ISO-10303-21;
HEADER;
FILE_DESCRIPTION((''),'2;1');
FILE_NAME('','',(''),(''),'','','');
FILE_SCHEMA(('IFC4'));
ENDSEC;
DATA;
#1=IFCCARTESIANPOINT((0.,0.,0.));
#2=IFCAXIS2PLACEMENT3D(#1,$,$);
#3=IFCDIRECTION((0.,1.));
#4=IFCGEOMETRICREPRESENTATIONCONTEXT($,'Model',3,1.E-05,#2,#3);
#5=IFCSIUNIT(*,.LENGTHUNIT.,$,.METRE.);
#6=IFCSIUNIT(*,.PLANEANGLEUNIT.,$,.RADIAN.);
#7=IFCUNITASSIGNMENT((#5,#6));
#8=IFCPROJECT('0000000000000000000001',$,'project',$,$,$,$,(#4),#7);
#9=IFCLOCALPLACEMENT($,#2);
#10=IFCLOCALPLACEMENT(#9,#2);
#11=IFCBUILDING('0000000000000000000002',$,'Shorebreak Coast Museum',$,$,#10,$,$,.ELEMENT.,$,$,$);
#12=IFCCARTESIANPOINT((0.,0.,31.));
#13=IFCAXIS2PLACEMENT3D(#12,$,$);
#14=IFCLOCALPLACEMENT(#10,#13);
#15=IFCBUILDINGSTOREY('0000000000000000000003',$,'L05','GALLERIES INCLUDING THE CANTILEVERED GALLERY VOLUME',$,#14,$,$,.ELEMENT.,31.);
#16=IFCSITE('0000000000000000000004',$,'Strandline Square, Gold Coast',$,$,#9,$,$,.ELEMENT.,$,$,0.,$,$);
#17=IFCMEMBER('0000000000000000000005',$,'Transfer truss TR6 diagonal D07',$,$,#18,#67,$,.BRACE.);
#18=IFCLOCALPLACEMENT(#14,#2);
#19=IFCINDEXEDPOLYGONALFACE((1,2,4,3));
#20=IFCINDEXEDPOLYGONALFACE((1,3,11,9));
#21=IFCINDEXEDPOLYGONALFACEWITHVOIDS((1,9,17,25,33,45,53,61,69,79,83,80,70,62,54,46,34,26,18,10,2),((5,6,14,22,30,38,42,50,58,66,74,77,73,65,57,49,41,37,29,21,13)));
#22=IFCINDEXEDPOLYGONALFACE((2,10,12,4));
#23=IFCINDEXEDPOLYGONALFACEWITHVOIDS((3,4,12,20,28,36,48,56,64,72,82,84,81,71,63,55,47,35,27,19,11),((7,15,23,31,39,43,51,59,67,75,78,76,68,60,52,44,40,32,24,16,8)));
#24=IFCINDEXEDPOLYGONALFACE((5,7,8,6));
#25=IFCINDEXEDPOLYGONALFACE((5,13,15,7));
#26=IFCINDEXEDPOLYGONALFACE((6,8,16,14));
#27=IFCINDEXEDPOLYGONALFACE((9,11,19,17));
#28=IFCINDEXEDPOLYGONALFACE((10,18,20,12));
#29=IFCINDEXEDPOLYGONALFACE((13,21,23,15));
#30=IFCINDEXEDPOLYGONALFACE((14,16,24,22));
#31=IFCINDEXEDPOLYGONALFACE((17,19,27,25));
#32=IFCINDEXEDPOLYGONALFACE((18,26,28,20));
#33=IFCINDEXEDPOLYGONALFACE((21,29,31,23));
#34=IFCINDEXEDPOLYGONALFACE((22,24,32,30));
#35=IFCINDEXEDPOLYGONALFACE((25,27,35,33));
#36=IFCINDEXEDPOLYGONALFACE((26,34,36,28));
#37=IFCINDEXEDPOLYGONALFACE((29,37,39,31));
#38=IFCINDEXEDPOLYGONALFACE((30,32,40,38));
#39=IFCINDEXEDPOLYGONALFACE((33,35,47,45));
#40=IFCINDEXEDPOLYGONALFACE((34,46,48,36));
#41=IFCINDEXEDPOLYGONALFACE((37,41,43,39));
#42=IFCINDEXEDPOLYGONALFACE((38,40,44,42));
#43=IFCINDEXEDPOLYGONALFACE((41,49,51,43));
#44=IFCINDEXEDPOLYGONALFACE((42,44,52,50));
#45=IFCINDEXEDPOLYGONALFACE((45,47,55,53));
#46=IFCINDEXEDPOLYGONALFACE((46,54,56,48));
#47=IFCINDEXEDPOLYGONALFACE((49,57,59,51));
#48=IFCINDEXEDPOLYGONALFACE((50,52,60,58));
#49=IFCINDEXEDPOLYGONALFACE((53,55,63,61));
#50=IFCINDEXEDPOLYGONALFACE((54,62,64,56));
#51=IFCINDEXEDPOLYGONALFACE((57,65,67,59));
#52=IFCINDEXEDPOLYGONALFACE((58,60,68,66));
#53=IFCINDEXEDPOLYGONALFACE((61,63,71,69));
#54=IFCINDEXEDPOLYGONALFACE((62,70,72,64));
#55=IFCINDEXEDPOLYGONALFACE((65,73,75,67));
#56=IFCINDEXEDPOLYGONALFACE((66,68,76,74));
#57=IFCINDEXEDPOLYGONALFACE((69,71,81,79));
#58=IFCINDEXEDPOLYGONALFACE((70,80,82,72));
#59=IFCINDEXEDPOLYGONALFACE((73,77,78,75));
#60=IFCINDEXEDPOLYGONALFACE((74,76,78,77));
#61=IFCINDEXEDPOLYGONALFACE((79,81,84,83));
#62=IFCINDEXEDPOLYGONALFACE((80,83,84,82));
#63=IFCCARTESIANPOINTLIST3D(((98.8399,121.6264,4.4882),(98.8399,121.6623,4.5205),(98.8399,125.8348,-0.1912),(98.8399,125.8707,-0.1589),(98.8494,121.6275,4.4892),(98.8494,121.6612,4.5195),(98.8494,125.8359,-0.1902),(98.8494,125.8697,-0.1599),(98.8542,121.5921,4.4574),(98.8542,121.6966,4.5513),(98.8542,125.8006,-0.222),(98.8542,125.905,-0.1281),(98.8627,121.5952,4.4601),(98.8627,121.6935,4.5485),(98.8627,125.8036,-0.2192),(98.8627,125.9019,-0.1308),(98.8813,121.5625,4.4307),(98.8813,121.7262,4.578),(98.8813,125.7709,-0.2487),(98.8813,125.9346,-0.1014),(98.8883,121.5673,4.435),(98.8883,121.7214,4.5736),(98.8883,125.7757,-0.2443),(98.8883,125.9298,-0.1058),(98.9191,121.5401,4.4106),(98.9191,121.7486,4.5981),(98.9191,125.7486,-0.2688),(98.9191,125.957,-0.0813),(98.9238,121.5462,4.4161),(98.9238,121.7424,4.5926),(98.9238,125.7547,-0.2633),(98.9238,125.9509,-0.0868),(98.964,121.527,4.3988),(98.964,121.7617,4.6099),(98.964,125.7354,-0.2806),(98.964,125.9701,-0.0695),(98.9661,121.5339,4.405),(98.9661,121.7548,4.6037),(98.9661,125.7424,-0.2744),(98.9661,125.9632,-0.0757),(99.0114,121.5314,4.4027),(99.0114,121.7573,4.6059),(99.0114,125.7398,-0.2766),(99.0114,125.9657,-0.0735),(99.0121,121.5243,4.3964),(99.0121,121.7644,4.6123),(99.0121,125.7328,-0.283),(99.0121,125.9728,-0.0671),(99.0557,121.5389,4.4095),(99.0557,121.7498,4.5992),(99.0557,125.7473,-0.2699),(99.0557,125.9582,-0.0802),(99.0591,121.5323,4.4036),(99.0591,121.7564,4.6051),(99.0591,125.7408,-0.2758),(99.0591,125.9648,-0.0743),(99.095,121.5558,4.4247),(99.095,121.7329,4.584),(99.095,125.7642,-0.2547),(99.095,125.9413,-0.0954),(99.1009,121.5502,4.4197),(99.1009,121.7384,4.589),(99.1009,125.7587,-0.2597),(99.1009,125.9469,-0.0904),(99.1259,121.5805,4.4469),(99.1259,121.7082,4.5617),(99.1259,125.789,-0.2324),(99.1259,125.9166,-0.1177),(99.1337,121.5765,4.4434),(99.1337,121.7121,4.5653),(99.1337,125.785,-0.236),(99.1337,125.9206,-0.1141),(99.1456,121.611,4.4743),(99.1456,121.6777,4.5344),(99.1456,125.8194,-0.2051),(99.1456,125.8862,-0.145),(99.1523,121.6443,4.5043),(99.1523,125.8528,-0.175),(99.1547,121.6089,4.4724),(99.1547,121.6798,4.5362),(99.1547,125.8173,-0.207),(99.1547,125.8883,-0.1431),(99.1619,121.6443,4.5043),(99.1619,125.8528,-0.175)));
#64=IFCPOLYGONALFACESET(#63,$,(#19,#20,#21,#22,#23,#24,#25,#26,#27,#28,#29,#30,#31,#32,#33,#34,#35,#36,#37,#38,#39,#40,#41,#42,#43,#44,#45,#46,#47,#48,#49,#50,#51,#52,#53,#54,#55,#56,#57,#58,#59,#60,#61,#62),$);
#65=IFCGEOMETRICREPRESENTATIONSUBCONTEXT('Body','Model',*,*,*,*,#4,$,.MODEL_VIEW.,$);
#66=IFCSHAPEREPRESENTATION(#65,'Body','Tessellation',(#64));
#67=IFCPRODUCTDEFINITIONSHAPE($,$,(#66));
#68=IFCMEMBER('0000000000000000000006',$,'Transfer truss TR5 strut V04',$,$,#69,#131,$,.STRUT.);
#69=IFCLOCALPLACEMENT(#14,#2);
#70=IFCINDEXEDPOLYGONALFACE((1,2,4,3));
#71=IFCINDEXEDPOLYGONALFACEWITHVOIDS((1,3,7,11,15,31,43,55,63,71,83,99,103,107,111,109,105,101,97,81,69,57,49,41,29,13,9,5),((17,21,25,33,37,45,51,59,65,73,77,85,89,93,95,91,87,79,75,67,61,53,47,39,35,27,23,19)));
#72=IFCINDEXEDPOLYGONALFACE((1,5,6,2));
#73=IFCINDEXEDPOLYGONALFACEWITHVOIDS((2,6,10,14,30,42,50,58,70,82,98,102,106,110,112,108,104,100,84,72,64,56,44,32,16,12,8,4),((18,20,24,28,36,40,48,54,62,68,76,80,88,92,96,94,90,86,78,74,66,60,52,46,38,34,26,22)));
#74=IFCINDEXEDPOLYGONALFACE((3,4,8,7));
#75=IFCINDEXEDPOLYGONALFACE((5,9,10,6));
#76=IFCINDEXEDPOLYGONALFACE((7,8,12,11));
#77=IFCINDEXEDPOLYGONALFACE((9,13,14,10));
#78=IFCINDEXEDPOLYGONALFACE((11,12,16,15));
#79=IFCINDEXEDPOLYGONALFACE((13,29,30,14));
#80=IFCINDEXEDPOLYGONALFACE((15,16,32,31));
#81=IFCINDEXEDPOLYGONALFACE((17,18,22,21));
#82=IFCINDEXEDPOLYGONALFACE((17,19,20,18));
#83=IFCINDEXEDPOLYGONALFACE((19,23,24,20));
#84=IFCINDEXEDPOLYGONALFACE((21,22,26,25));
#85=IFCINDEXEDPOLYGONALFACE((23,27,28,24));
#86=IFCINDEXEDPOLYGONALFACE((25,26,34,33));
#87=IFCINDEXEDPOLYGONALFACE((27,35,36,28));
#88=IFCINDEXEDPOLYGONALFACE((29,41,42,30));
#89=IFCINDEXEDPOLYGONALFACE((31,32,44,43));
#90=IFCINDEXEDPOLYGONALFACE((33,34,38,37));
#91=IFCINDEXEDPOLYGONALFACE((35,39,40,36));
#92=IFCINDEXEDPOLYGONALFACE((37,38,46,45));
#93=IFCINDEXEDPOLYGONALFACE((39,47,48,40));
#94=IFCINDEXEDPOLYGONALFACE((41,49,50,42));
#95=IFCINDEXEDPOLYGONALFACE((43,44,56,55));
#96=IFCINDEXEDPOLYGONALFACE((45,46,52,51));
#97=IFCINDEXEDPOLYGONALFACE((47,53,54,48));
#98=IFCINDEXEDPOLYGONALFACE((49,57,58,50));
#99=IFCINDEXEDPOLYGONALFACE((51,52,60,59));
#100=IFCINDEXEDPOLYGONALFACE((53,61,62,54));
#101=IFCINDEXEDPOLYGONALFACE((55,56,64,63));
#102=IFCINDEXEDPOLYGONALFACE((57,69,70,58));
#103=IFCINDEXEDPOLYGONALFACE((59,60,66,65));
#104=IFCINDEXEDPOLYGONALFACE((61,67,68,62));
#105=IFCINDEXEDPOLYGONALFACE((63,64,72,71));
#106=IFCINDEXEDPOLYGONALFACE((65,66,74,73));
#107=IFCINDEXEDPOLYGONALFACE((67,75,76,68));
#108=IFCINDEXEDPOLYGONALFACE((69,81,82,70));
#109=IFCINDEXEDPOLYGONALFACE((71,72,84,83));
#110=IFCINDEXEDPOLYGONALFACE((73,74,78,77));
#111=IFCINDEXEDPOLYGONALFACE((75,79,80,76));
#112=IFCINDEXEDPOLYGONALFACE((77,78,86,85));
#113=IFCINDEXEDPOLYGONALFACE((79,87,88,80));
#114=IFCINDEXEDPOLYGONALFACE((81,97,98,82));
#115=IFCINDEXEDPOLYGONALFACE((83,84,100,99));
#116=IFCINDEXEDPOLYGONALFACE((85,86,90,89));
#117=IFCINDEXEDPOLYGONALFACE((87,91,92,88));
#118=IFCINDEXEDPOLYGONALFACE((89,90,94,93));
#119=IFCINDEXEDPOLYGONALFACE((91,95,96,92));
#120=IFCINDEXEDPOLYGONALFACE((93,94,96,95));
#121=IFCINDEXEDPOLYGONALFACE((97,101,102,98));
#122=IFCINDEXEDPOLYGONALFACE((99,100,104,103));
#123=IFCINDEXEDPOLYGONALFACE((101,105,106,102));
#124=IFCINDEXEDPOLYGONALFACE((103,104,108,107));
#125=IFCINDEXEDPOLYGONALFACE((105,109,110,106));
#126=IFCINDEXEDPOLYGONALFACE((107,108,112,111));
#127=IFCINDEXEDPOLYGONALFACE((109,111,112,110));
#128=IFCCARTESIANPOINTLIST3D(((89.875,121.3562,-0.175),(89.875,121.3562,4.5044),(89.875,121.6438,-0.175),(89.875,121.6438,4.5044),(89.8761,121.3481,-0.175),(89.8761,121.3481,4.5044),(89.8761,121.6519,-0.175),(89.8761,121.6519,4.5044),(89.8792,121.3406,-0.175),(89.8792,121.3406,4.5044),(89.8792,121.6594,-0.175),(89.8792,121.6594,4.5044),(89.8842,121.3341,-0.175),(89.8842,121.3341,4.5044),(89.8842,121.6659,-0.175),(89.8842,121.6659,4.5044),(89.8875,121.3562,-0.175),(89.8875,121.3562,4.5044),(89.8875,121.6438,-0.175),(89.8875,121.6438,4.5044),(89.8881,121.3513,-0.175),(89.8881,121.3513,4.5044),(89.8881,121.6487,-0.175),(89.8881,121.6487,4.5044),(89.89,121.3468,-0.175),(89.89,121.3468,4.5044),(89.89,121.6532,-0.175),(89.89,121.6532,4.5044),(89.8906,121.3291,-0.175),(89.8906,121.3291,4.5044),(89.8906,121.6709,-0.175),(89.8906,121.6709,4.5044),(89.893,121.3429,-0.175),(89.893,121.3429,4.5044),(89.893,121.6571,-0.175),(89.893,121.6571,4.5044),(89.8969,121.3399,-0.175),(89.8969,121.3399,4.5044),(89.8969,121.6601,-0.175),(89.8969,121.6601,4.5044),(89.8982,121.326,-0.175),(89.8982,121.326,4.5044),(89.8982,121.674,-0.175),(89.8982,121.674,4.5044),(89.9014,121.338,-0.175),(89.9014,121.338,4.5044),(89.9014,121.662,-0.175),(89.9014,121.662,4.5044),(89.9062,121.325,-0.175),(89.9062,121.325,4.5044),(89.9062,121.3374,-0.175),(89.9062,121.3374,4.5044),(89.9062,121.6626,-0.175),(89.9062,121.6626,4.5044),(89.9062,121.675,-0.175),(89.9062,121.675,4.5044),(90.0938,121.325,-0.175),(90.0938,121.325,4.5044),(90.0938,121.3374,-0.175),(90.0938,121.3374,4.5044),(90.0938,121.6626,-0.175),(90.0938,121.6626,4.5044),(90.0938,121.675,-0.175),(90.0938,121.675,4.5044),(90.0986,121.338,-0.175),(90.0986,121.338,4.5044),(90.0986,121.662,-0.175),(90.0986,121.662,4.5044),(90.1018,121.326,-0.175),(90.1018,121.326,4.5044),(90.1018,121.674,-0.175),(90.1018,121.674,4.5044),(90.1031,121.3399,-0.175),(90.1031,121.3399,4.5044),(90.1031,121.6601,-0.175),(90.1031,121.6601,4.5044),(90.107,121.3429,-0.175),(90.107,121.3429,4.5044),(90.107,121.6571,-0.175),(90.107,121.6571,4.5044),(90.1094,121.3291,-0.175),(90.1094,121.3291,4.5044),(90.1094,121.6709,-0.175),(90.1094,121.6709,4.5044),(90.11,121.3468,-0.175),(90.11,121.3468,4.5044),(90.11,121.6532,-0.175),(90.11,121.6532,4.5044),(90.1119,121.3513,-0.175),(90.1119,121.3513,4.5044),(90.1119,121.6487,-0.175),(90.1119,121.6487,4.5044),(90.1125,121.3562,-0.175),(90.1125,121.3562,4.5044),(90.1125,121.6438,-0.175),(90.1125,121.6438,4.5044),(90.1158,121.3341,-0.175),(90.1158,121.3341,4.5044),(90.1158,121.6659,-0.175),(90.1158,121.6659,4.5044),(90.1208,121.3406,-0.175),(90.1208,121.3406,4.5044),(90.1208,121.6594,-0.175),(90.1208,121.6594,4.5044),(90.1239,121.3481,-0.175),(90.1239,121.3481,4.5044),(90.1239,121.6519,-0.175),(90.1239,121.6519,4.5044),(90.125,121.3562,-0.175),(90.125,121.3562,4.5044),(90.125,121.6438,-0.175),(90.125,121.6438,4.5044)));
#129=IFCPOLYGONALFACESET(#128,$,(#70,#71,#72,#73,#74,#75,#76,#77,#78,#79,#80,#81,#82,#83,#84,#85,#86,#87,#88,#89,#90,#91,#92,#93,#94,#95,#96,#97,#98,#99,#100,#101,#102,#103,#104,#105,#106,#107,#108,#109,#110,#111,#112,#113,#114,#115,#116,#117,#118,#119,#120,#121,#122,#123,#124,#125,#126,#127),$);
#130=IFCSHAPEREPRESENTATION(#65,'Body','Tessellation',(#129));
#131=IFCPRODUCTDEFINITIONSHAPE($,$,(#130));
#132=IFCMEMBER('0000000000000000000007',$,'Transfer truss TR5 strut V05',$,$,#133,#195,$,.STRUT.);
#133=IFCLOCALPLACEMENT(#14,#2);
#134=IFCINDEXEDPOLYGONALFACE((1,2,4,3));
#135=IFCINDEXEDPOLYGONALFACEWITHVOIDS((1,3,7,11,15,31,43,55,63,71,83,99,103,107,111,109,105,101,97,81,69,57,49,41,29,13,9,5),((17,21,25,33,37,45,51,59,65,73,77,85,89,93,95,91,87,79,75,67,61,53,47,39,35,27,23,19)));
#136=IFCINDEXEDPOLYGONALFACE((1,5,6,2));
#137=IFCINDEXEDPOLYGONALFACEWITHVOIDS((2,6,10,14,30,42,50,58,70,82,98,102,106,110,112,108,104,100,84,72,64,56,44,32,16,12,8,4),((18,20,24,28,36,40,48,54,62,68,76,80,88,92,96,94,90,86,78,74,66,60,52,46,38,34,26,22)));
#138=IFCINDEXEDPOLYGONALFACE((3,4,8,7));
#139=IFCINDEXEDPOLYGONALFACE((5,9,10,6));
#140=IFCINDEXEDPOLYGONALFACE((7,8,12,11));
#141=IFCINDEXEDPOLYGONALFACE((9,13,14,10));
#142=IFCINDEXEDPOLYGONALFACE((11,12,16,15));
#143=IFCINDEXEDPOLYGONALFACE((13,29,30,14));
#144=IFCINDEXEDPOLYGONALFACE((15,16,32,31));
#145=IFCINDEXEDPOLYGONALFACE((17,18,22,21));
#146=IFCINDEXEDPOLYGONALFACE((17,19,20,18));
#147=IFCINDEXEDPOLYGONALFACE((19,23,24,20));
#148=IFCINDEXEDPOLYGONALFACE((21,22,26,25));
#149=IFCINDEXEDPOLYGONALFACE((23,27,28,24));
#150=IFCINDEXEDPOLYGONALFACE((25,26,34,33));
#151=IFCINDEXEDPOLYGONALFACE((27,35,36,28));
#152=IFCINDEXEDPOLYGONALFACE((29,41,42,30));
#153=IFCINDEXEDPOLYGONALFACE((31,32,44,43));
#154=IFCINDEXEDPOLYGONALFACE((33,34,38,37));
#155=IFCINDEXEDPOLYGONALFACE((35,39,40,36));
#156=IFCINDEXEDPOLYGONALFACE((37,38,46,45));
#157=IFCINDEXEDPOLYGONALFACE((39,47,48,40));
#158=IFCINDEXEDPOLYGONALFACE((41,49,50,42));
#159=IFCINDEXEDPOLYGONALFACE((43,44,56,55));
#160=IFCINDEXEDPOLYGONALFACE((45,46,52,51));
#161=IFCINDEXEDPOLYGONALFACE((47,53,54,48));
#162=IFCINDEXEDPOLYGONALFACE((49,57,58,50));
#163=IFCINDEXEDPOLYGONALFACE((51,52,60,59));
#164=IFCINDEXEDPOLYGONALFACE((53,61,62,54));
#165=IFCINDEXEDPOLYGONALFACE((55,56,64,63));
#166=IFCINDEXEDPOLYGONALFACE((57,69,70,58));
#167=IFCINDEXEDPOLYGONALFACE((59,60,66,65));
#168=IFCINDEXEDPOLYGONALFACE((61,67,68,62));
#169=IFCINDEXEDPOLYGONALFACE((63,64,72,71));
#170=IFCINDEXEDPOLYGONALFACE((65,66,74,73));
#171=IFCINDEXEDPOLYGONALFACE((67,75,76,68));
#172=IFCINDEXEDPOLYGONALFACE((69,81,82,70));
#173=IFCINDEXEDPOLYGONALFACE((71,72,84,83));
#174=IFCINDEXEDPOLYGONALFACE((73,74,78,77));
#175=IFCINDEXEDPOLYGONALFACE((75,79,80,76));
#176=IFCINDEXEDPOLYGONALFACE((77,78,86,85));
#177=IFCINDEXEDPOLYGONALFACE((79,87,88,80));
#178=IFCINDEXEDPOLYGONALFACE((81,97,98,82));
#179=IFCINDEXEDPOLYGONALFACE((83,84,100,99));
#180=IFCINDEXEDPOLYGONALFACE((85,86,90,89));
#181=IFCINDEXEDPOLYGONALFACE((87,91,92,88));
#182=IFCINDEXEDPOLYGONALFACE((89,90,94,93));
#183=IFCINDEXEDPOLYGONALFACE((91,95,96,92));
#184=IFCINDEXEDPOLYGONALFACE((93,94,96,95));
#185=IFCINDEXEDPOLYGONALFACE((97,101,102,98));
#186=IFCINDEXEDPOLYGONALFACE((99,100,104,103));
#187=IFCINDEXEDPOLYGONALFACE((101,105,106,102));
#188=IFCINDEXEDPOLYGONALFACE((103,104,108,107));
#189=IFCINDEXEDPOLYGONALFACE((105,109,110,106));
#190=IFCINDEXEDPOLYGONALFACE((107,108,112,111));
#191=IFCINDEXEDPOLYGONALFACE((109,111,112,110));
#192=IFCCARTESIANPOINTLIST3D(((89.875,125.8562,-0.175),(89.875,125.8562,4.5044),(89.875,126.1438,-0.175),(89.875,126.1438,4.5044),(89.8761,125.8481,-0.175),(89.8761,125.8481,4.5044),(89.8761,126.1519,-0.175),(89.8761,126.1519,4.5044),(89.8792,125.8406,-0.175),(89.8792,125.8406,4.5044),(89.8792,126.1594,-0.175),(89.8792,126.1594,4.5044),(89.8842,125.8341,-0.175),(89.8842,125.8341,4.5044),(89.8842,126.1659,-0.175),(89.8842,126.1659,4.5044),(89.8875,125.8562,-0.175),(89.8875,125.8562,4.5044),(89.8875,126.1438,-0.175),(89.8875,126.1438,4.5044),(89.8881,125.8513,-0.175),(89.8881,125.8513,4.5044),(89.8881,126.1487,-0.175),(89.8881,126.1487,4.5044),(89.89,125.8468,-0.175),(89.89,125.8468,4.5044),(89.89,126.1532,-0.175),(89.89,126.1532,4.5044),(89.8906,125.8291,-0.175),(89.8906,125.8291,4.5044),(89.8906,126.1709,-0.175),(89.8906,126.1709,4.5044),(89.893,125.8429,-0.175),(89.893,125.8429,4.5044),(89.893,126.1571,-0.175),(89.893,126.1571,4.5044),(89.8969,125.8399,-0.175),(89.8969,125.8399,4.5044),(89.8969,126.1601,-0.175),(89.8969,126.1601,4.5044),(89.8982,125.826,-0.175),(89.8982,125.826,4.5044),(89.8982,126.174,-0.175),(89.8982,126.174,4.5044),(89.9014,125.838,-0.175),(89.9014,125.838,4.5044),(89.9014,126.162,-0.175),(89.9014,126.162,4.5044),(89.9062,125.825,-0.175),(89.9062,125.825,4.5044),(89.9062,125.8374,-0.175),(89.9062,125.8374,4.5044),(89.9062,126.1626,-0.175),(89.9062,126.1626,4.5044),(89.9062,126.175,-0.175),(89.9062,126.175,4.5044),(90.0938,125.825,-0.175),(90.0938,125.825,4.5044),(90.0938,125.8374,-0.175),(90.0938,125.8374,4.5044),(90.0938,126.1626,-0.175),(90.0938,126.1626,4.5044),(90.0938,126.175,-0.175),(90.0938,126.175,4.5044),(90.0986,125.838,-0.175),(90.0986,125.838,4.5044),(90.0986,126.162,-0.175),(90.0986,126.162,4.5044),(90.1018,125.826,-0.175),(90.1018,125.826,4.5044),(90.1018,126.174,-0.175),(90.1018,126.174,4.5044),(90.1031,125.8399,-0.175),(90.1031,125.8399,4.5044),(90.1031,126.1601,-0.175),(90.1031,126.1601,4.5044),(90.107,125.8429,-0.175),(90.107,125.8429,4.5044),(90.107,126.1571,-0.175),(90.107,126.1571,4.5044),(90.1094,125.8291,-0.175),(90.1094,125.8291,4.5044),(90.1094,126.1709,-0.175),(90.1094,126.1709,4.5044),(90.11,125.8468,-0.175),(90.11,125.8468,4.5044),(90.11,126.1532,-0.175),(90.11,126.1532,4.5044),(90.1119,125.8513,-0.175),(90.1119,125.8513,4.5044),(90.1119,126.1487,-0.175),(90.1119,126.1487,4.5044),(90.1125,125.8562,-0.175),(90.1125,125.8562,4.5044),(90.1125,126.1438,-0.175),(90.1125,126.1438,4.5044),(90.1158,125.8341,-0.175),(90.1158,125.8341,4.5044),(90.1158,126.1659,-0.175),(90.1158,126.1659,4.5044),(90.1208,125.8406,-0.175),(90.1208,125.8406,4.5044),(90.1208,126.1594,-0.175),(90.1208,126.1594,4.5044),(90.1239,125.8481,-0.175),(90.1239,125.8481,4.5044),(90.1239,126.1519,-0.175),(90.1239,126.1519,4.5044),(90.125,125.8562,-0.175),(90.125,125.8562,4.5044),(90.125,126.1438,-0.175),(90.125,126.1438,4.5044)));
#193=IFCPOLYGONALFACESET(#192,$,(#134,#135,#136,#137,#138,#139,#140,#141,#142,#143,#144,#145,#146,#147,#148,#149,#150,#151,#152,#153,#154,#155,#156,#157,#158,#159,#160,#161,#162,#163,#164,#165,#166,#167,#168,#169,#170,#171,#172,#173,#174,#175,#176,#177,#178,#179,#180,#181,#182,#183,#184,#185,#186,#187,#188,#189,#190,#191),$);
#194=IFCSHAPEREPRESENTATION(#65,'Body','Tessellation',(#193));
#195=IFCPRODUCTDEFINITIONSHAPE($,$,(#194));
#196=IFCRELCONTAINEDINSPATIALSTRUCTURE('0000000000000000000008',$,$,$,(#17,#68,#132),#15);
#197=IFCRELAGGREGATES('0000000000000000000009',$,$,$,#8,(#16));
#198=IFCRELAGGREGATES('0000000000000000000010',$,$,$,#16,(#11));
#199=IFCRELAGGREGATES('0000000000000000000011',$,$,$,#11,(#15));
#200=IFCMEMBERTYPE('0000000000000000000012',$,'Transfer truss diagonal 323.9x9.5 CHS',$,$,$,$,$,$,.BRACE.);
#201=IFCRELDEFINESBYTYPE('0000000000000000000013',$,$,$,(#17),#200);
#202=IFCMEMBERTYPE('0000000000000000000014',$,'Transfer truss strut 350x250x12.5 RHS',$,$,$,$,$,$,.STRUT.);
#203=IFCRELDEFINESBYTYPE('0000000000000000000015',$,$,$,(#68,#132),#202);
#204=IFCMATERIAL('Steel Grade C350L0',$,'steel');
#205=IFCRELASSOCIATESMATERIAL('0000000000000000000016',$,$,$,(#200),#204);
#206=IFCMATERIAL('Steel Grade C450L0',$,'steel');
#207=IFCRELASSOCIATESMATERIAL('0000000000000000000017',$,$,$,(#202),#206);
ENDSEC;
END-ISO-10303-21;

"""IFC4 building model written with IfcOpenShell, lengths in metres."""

from ifc_helpers import new_model, si_unit, direction, frame, origin, origin_2d, place, context, subcontext, project, spatial, hollow_rectangle, hollow_circle, extrude, material, material_profile, profile_set, type_object, element, save


model = new_model("IFC4")

# Units and contexts
model_context = context("Model", 3, precision=1e-05, world=origin(), true_north=direction((0.0, 1.0)))
body_context = subcontext(model_context, "Body", "Model", "MODEL_VIEW")
ifc_project = project(units=[si_unit("LENGTHUNIT", "METRE"), si_unit("PLANEANGLEUNIT", "RADIAN")], contexts=[model_context])

# Site, building, storey
site_placement = place(None, origin())
site = spatial("IfcSite", under=ifc_project, at=site_placement, Name="Strandline Square, Gold Coast", CompositionType="ELEMENT", RefElevation=0.0)
building_placement = place(site_placement, origin())
building = spatial("IfcBuilding", under=site, at=building_placement, Name="Shorebreak Coast Museum", CompositionType="ELEMENT")
storey_placement = place(building_placement, frame((0.0, 0.0, 31.0)))
storey = spatial("IfcBuildingStorey", under=building, at=storey_placement, Name="L05", Description="GALLERIES INCLUDING THE CANTILEVERED GALLERY VOLUME", CompositionType="ELEMENT", Elevation=31.0)

# Members
ifc_material_1 = material(Name="Steel Grade C350L0", Category="steel")
ifc_material_profile_1 = material_profile(ifc_material_1, hollow_circle(Radius=0.1619, WallThickness=0.0095, at=origin_2d()), Name="323.9x9.5 CHS")
ifc_profile_set_1 = profile_set([ifc_material_profile_1], Name="Steel Grade C350L0")
member_type_1 = type_object("IfcMemberType", Name="Transfer truss diagonal 323.9x9.5 CHS", PredefinedType="BRACE", material=ifc_profile_set_1)
member_1_placement = place(storey_placement, frame((99.0, 125.8528, -0.175), z_axis=(0.0, -0.668701, 0.743531), x_axis=(1.0, 0.0, 0.0)))
element("IfcMember", 1, at=member_1_placement, inside=storey, type_object=member_type_1, Name="Transfer truss TR6 diagonal D07", PredefinedType="BRACE", context=body_context, shape_type="SweptSolid", body=[
    extrude(hollow_circle(Radius=0.1619, WallThickness=0.0095, at=origin_2d()), origin(), (0.0, 0.0, 1.0), 6.2935),
])
ifc_material_2 = material(Name="Steel Grade C450L0", Category="steel")
ifc_material_profile_2 = material_profile(ifc_material_2, hollow_rectangle(XDim=0.25, YDim=0.3501, WallThickness=0.0125, InnerFilletRadius=0.0188, OuterFilletRadius=0.0312, at=origin_2d()), Name="350x250x12.5 RHS")
ifc_profile_set_2 = profile_set([ifc_material_profile_2], Name="Steel Grade C450L0")
member_type_2 = type_object("IfcMemberType", Name="Transfer truss strut 350x250x12.5 RHS", PredefinedType="STRUT", material=ifc_profile_set_2)
for number, where, z_axis, x_axis, name in (
    (2, (90.0, 121.5, -0.175), (0.0, 0.0, 1.0), (1.0, 0.0, 0.0), "Transfer truss TR5 strut V04"),
    (3, (90.0, 126.0, -0.175), (0.0, 0.0, 1.0), (1.0, 0.0, 0.0), "Transfer truss TR5 strut V05"),
):
    element("IfcMember", number, at=place(storey_placement, frame(where, z_axis=z_axis, x_axis=x_axis)), inside=storey, type_object=member_type_2, Name=name, PredefinedType="STRUT", context=body_context, shape_type="SweptSolid", body=[
        extrude(hollow_rectangle(XDim=0.25, YDim=0.3501, WallThickness=0.0125, InnerFilletRadius=0.0188, OuterFilletRadius=0.0312, at=origin_2d()), origin(), (0.0, 0.0, 1.0), 4.6794),
    ])

save(model, "model.ifc")
